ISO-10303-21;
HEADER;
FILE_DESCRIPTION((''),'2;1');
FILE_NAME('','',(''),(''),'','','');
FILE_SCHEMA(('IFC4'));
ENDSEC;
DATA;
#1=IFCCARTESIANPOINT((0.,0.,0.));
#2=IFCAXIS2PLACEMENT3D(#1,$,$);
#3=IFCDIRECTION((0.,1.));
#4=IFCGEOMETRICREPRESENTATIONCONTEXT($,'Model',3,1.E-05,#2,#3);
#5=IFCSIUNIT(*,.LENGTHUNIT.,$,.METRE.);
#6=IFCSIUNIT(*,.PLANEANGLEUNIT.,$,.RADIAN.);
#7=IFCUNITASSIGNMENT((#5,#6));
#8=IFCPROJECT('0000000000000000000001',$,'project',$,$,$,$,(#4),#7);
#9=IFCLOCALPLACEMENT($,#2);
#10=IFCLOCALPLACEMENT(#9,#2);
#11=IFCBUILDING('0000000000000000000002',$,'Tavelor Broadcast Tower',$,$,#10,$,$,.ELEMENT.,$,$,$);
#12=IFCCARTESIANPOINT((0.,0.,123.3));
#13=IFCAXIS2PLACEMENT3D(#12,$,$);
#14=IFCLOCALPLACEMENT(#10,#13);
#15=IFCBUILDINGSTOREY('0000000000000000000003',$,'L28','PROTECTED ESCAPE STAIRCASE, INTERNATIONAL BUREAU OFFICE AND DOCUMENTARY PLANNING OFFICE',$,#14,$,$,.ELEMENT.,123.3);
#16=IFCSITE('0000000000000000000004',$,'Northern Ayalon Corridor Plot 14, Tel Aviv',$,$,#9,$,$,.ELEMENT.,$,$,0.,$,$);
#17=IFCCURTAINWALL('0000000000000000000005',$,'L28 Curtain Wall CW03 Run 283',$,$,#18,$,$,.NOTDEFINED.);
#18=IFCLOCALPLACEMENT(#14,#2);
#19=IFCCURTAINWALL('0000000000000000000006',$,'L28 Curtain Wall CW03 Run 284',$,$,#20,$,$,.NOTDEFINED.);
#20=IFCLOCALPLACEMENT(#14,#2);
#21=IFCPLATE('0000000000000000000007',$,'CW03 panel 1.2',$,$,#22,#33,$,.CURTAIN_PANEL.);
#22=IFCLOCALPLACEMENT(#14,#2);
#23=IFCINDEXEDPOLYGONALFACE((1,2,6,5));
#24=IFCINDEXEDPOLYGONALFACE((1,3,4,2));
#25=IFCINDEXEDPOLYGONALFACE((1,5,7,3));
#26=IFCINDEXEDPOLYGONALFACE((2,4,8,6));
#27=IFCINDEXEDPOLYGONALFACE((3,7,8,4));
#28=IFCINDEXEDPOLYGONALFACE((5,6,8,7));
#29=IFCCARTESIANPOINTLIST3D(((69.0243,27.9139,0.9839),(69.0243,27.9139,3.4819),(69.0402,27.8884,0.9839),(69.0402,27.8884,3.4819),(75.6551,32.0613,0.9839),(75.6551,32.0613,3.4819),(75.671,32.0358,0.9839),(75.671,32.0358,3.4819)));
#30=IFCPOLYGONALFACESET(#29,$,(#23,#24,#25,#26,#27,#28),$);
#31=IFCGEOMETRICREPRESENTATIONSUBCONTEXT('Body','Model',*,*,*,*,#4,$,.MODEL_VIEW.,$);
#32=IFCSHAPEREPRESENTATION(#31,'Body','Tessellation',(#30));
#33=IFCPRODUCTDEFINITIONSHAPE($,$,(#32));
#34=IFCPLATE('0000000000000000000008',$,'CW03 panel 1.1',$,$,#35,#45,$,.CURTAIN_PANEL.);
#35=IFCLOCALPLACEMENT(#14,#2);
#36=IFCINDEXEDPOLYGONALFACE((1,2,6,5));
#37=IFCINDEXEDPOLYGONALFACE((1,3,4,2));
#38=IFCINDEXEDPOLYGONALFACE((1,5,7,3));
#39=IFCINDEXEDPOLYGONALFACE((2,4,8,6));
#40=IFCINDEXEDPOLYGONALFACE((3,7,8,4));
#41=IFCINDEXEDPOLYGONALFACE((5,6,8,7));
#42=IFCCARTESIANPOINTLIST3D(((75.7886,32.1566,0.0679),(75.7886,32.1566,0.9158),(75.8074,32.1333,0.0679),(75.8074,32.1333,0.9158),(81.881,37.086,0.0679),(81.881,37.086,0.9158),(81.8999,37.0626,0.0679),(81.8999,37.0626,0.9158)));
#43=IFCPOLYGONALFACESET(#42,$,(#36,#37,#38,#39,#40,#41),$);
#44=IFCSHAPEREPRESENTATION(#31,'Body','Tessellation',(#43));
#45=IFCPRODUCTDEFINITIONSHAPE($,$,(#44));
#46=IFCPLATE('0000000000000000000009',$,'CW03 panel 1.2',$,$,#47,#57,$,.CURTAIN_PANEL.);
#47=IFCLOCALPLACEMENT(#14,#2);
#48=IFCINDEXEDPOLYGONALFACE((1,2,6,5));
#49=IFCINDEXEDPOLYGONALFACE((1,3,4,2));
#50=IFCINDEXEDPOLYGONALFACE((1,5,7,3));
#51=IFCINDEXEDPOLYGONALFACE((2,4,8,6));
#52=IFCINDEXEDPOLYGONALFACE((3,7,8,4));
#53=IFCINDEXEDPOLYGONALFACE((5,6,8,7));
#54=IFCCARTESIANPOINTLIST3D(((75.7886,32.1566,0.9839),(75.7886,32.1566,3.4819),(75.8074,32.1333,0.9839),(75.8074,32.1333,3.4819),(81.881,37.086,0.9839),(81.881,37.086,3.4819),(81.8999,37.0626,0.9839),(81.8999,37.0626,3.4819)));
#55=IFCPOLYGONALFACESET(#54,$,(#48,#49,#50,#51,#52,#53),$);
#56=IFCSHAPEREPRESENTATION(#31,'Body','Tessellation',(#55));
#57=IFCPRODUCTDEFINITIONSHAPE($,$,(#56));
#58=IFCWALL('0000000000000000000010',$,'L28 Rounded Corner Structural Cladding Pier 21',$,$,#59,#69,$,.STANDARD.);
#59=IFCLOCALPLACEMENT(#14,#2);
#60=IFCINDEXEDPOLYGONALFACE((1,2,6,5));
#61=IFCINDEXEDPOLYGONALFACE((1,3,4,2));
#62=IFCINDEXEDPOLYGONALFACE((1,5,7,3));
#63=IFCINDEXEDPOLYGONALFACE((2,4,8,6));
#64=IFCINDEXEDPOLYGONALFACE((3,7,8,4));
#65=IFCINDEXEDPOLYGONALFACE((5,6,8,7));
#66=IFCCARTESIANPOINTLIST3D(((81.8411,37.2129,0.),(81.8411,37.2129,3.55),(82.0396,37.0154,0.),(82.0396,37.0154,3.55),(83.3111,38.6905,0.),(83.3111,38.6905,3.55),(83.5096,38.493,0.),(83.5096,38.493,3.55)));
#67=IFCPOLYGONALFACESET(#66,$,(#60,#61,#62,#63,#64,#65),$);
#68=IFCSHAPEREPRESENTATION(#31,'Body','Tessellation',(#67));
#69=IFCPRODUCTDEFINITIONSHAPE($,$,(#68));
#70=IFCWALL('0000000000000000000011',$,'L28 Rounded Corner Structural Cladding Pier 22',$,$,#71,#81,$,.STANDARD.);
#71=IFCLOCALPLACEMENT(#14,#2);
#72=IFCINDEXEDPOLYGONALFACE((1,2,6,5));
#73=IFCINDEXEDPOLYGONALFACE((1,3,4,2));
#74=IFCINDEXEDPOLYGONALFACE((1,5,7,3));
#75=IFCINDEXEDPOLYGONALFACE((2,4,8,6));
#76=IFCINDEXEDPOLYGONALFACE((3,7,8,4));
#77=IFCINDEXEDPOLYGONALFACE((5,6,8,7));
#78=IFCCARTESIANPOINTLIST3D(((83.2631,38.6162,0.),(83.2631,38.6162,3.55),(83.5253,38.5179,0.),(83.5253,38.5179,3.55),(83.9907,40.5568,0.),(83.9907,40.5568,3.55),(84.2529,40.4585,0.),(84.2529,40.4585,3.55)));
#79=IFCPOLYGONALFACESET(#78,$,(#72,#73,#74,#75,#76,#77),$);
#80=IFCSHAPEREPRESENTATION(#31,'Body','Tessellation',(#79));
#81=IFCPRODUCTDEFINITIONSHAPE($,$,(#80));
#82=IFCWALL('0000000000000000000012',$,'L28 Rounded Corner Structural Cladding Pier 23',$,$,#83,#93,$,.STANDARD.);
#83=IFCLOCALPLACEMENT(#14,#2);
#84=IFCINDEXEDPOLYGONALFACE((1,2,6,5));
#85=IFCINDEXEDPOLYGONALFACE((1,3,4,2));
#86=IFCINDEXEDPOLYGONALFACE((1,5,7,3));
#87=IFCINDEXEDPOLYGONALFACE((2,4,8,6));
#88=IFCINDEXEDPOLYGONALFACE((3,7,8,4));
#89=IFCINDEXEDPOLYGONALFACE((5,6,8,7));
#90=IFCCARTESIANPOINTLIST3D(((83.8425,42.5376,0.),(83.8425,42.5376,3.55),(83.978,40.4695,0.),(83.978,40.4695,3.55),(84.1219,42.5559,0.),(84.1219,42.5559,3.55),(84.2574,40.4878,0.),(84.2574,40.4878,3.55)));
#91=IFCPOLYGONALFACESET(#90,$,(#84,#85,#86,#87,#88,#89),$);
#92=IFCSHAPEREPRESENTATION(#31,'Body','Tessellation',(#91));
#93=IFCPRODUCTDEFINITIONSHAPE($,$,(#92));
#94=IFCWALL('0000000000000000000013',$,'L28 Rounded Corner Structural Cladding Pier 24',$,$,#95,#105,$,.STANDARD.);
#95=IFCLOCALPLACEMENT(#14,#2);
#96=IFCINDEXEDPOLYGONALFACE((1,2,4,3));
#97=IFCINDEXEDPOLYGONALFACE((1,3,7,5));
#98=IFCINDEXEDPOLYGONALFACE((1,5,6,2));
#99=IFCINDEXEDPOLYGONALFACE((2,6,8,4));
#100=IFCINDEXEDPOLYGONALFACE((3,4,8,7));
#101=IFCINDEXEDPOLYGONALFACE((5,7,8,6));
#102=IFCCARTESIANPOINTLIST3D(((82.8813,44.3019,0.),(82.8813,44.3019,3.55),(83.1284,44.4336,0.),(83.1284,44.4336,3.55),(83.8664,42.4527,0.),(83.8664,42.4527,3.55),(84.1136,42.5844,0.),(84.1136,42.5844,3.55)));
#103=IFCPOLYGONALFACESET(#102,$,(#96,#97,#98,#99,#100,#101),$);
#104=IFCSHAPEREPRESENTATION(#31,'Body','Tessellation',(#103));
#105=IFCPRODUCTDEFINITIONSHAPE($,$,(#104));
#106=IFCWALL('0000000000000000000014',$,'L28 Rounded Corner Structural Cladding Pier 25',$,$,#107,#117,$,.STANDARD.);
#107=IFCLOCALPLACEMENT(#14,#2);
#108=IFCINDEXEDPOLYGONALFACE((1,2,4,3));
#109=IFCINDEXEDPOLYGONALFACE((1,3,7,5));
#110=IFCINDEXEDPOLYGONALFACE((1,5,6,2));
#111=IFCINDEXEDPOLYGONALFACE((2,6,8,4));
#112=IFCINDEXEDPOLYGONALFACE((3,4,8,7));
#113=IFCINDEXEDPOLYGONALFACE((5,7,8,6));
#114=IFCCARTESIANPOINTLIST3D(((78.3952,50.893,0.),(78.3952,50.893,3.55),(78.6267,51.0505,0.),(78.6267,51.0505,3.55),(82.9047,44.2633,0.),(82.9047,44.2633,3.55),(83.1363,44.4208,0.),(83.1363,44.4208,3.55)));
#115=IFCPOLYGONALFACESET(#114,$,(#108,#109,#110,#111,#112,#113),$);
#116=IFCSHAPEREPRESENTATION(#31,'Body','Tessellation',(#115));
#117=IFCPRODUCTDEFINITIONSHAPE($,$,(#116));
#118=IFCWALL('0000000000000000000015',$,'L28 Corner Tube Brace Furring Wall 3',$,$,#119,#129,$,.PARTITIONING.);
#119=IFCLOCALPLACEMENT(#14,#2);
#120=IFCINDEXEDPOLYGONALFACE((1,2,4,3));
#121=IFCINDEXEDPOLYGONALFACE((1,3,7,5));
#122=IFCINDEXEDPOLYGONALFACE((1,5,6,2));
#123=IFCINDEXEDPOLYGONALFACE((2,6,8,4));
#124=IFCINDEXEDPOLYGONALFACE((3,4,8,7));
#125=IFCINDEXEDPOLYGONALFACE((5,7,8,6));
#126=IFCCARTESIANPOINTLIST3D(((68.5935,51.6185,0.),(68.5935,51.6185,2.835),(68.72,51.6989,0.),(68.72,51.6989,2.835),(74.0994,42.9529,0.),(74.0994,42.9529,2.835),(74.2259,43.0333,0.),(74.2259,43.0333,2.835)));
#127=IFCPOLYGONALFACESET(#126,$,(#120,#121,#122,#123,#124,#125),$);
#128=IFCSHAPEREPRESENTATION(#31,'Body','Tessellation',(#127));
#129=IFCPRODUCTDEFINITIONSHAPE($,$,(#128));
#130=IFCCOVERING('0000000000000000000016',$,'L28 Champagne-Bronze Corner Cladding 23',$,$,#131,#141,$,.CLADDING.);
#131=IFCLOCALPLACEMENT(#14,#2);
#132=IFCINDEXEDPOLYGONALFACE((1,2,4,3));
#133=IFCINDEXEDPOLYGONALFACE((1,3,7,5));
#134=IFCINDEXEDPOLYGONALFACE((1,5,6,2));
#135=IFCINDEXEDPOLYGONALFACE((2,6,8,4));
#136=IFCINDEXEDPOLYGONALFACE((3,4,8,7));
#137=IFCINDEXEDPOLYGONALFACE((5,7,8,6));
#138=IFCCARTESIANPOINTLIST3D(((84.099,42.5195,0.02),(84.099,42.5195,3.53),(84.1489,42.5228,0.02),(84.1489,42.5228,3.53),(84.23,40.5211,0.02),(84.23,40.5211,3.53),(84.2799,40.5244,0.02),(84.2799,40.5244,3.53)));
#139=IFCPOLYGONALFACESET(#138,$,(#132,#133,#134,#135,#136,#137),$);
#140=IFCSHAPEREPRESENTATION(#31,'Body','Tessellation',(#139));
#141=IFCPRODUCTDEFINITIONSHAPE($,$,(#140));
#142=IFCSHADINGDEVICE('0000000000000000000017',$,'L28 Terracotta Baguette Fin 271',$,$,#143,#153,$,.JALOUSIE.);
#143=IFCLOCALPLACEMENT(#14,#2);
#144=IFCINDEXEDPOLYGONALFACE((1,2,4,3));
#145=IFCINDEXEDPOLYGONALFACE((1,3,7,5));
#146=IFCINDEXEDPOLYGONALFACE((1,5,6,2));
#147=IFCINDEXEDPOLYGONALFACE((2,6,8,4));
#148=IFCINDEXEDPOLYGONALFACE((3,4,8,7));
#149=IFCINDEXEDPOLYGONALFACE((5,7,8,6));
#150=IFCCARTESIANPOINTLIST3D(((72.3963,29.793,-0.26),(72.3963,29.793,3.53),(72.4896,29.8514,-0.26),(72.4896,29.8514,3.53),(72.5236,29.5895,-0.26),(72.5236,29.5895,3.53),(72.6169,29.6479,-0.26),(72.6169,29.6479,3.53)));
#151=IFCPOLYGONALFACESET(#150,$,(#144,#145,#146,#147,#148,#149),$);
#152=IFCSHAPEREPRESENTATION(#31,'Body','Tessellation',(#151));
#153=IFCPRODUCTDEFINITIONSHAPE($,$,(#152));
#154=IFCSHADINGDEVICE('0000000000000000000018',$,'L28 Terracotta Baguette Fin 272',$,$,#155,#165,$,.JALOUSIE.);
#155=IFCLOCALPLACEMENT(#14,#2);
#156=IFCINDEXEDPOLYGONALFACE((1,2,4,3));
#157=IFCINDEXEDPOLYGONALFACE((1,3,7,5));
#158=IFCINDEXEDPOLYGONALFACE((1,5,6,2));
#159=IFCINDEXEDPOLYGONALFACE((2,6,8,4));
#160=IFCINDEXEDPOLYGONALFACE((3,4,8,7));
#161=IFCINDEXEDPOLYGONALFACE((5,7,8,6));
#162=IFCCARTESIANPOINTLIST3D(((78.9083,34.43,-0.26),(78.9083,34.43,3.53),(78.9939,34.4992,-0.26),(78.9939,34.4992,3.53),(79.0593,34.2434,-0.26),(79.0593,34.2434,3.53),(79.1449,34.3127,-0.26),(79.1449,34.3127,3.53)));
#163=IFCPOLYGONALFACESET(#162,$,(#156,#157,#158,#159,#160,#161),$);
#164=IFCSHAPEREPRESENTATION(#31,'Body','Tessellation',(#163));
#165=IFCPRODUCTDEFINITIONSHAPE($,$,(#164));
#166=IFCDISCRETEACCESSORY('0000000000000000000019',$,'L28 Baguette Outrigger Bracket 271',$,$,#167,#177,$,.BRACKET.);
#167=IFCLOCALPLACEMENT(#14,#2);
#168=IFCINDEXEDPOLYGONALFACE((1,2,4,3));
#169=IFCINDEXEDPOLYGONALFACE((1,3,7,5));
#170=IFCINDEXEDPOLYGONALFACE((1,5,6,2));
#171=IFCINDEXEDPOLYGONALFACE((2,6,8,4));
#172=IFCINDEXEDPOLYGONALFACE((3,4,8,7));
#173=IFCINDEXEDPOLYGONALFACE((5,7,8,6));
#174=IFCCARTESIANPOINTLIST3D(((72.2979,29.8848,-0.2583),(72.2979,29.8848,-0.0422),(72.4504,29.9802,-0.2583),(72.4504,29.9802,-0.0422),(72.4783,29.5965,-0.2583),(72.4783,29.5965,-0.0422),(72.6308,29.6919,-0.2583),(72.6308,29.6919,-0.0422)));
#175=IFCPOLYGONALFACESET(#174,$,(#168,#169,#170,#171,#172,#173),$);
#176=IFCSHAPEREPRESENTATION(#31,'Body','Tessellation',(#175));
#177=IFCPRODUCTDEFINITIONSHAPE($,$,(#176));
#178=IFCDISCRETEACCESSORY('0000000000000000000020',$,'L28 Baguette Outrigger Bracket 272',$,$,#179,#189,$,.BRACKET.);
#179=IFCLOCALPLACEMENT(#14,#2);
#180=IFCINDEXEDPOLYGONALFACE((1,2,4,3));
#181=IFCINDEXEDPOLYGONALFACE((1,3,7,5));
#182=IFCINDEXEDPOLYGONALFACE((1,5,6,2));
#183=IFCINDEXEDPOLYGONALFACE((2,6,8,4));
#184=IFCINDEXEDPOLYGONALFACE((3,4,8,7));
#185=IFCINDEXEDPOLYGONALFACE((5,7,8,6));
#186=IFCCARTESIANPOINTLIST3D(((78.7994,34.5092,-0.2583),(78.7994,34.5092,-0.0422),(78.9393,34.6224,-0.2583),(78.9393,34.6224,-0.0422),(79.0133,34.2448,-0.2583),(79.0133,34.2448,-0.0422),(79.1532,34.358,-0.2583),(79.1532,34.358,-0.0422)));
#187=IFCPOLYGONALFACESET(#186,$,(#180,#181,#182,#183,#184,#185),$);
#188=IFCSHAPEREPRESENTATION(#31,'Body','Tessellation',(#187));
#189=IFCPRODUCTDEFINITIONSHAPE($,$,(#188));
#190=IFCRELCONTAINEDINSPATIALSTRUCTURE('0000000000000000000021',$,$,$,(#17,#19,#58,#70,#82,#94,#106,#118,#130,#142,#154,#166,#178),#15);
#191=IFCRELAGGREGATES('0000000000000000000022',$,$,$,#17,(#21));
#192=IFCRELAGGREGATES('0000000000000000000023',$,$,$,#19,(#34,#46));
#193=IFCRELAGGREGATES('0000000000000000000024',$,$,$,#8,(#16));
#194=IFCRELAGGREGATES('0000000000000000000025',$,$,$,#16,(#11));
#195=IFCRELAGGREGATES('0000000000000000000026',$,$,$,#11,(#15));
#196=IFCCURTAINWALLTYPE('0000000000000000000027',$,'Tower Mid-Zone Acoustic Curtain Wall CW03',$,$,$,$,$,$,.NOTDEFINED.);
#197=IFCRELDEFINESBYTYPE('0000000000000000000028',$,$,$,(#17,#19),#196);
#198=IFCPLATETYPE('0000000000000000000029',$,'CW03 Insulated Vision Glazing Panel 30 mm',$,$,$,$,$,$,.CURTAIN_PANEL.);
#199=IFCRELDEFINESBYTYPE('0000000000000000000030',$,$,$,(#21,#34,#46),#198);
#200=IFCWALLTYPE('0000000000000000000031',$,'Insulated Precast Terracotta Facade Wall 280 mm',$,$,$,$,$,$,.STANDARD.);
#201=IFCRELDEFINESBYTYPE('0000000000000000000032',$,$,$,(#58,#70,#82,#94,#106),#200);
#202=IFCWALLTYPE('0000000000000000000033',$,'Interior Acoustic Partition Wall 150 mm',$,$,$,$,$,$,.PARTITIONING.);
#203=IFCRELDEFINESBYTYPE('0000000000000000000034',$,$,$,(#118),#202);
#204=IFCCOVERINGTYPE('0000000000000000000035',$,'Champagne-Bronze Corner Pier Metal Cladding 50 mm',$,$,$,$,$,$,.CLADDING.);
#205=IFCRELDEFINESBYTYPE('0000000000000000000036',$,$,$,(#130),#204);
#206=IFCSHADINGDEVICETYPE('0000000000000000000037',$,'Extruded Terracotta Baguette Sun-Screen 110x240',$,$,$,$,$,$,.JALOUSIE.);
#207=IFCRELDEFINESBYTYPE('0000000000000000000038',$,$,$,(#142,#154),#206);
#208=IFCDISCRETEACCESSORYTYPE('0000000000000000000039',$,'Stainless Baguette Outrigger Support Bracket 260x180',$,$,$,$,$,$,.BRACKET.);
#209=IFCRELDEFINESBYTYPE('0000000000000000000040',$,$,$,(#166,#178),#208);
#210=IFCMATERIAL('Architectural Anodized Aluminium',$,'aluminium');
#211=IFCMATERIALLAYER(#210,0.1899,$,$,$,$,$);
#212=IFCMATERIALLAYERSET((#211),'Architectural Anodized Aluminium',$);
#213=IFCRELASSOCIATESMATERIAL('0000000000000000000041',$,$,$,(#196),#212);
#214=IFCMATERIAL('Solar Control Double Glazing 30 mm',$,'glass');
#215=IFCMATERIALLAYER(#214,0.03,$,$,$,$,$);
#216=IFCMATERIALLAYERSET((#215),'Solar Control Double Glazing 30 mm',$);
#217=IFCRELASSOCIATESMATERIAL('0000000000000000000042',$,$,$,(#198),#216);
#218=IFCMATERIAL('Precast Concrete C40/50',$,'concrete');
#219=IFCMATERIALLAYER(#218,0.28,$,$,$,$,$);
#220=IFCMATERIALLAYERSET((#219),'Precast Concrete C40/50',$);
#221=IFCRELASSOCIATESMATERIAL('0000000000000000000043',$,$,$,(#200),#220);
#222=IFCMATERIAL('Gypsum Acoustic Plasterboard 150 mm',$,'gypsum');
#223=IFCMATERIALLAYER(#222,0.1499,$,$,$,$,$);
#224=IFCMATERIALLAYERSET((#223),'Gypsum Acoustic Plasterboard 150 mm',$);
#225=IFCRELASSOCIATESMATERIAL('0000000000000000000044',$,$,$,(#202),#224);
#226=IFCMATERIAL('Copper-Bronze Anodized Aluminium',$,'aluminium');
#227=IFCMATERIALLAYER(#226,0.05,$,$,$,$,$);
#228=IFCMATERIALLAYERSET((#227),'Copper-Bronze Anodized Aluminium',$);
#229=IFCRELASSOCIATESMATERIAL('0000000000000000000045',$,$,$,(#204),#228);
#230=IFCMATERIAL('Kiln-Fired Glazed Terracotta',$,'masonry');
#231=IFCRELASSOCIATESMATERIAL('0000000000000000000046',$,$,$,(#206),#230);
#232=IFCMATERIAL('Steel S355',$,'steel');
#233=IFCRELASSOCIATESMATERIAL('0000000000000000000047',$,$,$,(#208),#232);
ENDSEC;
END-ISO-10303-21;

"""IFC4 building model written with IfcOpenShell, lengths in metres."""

from ifc_helpers import new_model, si_unit, direction, frame, frame_2d, origin, origin_2d, place, context, subcontext, project, spatial, rectangle, extrude, source, transform, mapped, material, layer, layer_set, type_object, type_shapes, element, aggregate, save


model = new_model("IFC4")

# Units and contexts
model_context = context("Model", 3, precision=1e-05, world=origin(), true_north=direction((0.0, 1.0)))
body_context = subcontext(model_context, "Body", "Model", "MODEL_VIEW")
ifc_project = project(units=[si_unit("LENGTHUNIT", "METRE"), si_unit("PLANEANGLEUNIT", "RADIAN")], contexts=[model_context])

# Site, building, storey
site_placement = place(None, origin())
site = spatial("IfcSite", under=ifc_project, at=site_placement, Name="Northern Ayalon Corridor Plot 14, Tel Aviv", CompositionType="ELEMENT", RefElevation=0.0)
building_placement = place(site_placement, origin())
building = spatial("IfcBuilding", under=site, at=building_placement, Name="Tavelor Broadcast Tower", CompositionType="ELEMENT")
storey_placement = place(building_placement, frame((0.0, 0.0, 123.3)))
storey = spatial("IfcBuildingStorey", under=building, at=storey_placement, Name="L28", Description="PROTECTED ESCAPE STAIRCASE, INTERNATIONAL BUREAU OFFICE AND DOCUMENTARY PLANNING OFFICE", CompositionType="ELEMENT", Elevation=123.3)

# Shared definitions
ifc_material_1 = material(Name="Steel S355", Category="steel")

# Curtain wall
ifc_material_2 = material(Name="Architectural Anodized Aluminium", Category="aluminium")
ifc_layer_1 = layer(ifc_material_2, 0.1899)
ifc_layer_set_1 = layer_set([ifc_layer_1], Name="Architectural Anodized Aluminium")
curtain_wall_type = type_object("IfcCurtainWallType", Name="Tower Mid-Zone Acoustic Curtain Wall CW03", PredefinedType="NOTDEFINED", material=ifc_layer_set_1)
curtain_wall_1_placement = place(storey_placement, origin())
curtain_wall_1 = element("IfcCurtainWall", 1, at=curtain_wall_1_placement, inside=storey, type_object=curtain_wall_type, Name="L28 Curtain Wall CW03 Run 283", PredefinedType="NOTDEFINED")

# Curtain wall
curtain_wall_2_placement = place(storey_placement, origin())
curtain_wall_2 = element("IfcCurtainWall", 2, at=curtain_wall_2_placement, inside=storey, type_object=curtain_wall_type, Name="L28 Curtain Wall CW03 Run 284", PredefinedType="NOTDEFINED")

# Plates
ifc_material_3 = material(Name="Solar Control Double Glazing 30 mm", Category="glass")
ifc_layer_2 = layer(ifc_material_3, 0.03)
ifc_layer_set_2 = layer_set([ifc_layer_2], Name="Solar Control Double Glazing 30 mm")
plate_type_1 = type_object("IfcPlateType", Name="CW03 Insulated Vision Glazing Panel 30 mm", PredefinedType="CURTAIN_PANEL", material=ifc_layer_set_2)
shared_shape_1 = source(origin(), body_context, "Body", "SweptSolid", [
    extrude(rectangle(XDim=7.821, YDim=0.03, at=origin_2d()), origin(), (0.0, 0.0, 1.0), 2.498),
])
plate_1_placement = place(storey_placement, frame((72.3477, 29.9749, 0.9839), z_axis=(0.0, 0.0, 1.0), x_axis=(0.847815, 0.530293, 0.0)))
plate_1 = element("IfcPlate", 3, at=plate_1_placement, type_object=plate_type_1, Name="CW03 panel 1.2", PredefinedType="CURTAIN_PANEL", context=body_context, shape_type="MappedRepresentation", body=[
    mapped(shared_shape_1, transform((0.0, 0.0, 0.0), scale=1.0)),
])
aggregate(curtain_wall_1, [plate_1])
shared_shape_2 = source(origin(), body_context, "Body", "SweptSolid", [
    extrude(rectangle(XDim=7.8369, YDim=0.03, at=origin_2d()), origin(), (0.0, 0.0, 1.0), 0.8479),
])
plate_2_placement = place(storey_placement, frame((78.8442, 34.6096, 0.0679), z_axis=(0.0, 0.0, 1.0), x_axis=(0.777409, 0.628996, 0.0)))
plate_2 = element("IfcPlate", 4, at=plate_2_placement, type_object=plate_type_1, Name="CW03 panel 1.1", PredefinedType="CURTAIN_PANEL", context=body_context, shape_type="MappedRepresentation", body=[
    mapped(shared_shape_2, transform((0.0, 0.0, 0.0), scale=1.0)),
])
shared_shape_3 = source(origin(), body_context, "Body", "SweptSolid", [
    extrude(rectangle(XDim=7.8369, YDim=0.03, at=origin_2d()), origin(), (0.0, 0.0, 1.0), 2.498),
])
plate_3_placement = place(storey_placement, frame((78.8442, 34.6096, 0.9839), z_axis=(0.0, 0.0, 1.0), x_axis=(0.777409, 0.628996, 0.0)))
plate_3 = element("IfcPlate", 5, at=plate_3_placement, type_object=plate_type_1, Name="CW03 panel 1.2", PredefinedType="CURTAIN_PANEL", context=body_context, shape_type="MappedRepresentation", body=[
    mapped(shared_shape_3, transform((0.0, 0.0, 0.0), scale=1.0)),
])
aggregate(curtain_wall_2, [plate_2, plate_3])

# Walls
ifc_material_4 = material(Name="Precast Concrete C40/50", Category="concrete")
ifc_layer_3 = layer(ifc_material_4, 0.28)
ifc_layer_set_3 = layer_set([ifc_layer_3], Name="Precast Concrete C40/50")
wall_type_1 = type_object("IfcWallType", Name="Insulated Precast Terracotta Facade Wall 280 mm", PredefinedType="STANDARD", material=ifc_layer_set_3)
wall_1_placement = place(storey_placement, frame((81.9404, 37.1143, 0.0), z_axis=(0.0, 0.0, 1.0), x_axis=(0.705289, 0.70892, 0.0)))
element("IfcWall", 6, at=wall_1_placement, inside=storey, type_object=wall_type_1, Name="L28 Rounded Corner Structural Cladding Pier 21", PredefinedType="STANDARD", context=body_context, shape_type="SweptSolid", body=[
    extrude(rectangle(XDim=2.0842, YDim=0.28, at=frame_2d((1.042, 0.0))), origin(), (0.0, 0.0, 1.0), 3.55),
])
for number, where, z_axis, x_axis, name in (
    (7, (83.3943, 38.5671, 0.0), (0.0, 0.0, 1.0), (0.351033, 0.936363, 0.0), "L28 Rounded Corner Structural Cladding Pier 22"),
    (8, (84.1177, 40.4788, 0.0), (0.0, 0.0, 1.0), (-0.065377, 0.997861, 0.0), "L28 Rounded Corner Structural Cladding Pier 23"),
):
    element("IfcWall", number, at=place(storey_placement, frame(where, z_axis=z_axis, x_axis=x_axis)), inside=storey, type_object=wall_type_1, Name=name, PredefinedType="STANDARD", context=body_context, shape_type="SweptSolid", body=[
        extrude(rectangle(XDim=2.0725, YDim=0.28, at=frame_2d((1.0361, 0.0))), origin(), (0.0, 0.0, 1.0), 3.55),
    ])
wall_2_placement = place(storey_placement, frame((83.99, 42.5186, 0.0), z_axis=(0.0, 0.0, 1.0), x_axis=(-0.470183, 0.882569, 0.0)))
element("IfcWall", 9, at=wall_2_placement, inside=storey, type_object=wall_type_1, Name="L28 Rounded Corner Structural Cladding Pier 24", PredefinedType="STANDARD", context=body_context, shape_type="SweptSolid", body=[
    extrude(rectangle(XDim=2.0952, YDim=0.28, at=frame_2d((1.0476, 0.0))), origin(), (0.0, 0.0, 1.0), 3.55),
])
wall_3_placement = place(storey_placement, frame((83.0205, 44.342, 0.0), z_axis=(0.0, 0.0, 1.0), x_axis=(-0.562427, 0.826847, 0.0)))
element("IfcWall", 10, at=wall_3_placement, inside=storey, type_object=wall_type_1, Name="L28 Rounded Corner Structural Cladding Pier 25", PredefinedType="STANDARD", context=body_context, shape_type="SweptSolid", body=[
    extrude(rectangle(XDim=8.0181, YDim=0.28, at=frame_2d((4.009, 0.0))), origin(), (0.0, 0.0, 1.0), 3.55),
])
ifc_material_5 = material(Name="Gypsum Acoustic Plasterboard 150 mm", Category="gypsum")
ifc_layer_4 = layer(ifc_material_5, 0.1499)
ifc_layer_set_4 = layer_set([ifc_layer_4], Name="Gypsum Acoustic Plasterboard 150 mm")
wall_type_2 = type_object("IfcWallType", Name="Interior Acoustic Partition Wall 150 mm", PredefinedType="PARTITIONING", material=ifc_layer_set_4)
wall_4_placement = place(storey_placement, frame((74.1626, 42.9932, 0.0), z_axis=(0.0, 0.0, 1.0), x_axis=(-0.536281, 0.844039, 0.0)))
element("IfcWall", 11, at=wall_4_placement, inside=storey, type_object=wall_type_2, Name="L28 Corner Tube Brace Furring Wall 3", PredefinedType="PARTITIONING", context=body_context, shape_type="SweptSolid", body=[
    extrude(rectangle(XDim=10.2668, YDim=0.1499, at=frame_2d((5.1333, 0.0))), origin(), (0.0, 0.0, 1.0), 2.835),
])

# Covering
ifc_material_6 = material(Name="Copper-Bronze Anodized Aluminium", Category="aluminium")
ifc_layer_5 = layer(ifc_material_6, 0.05)
ifc_layer_set_5 = layer_set([ifc_layer_5], Name="Copper-Bronze Anodized Aluminium")
covering_type = type_object("IfcCoveringType", Name="Champagne-Bronze Corner Pier Metal Cladding 50 mm", PredefinedType="CLADDING", material=ifc_layer_set_5)
covering_placement = place(storey_placement, frame((84.1895, 41.522, 0.02), z_axis=(0.0, 0.0, 1.0), x_axis=(-0.065403, 0.997859, 0.0)))
element("IfcCovering", 12, at=covering_placement, inside=storey, type_object=covering_type, Name="L28 Champagne-Bronze Corner Cladding 23", PredefinedType="CLADDING", context=body_context, shape_type="SweptSolid", body=[
    extrude(rectangle(XDim=2.0027, YDim=0.05, at=origin_2d()), origin(), (0.0, 0.0, 1.0), 3.51),
])

# Shading devices
ifc_material_7 = material(Name="Kiln-Fired Glazed Terracotta", Category="masonry")
shading_device_type = type_object("IfcShadingDeviceType", Name="Extruded Terracotta Baguette Sun-Screen 110x240", PredefinedType="JALOUSIE", material=ifc_material_7)
shared_shape_4 = source(origin(), body_context, "Body", "SweptSolid", [
    extrude(rectangle(XDim=0.1101, YDim=0.24, at=origin_2d()), origin(), (0.0, 0.0, 1.0), 3.79),
])
type_shapes(shading_device_type, [shared_shape_4])
for number, where, z_axis, x_axis, name in (
    (13, (72.5066, 29.7205, -0.26), (0.0, 0.0, 1.0), (0.847771, 0.530363, 0.0), "L28 Terracotta Baguette Fin 271"),
    (14, (79.0266, 34.3713, -0.26), (0.0, 0.0, 1.0), (0.777366, 0.629049, 0.0), "L28 Terracotta Baguette Fin 272"),
):
    element("IfcShadingDevice", number, at=place(storey_placement, frame(where, z_axis=z_axis, x_axis=x_axis)), inside=storey, type_object=shading_device_type, Name=name, PredefinedType="JALOUSIE", context=body_context, shape_type="MappedRepresentation", body=[
        mapped(shared_shape_4, transform((0.0, 0.0, 0.0), scale=1.0)),
    ])

# Discrete accessories
discrete_accessory_type = type_object("IfcDiscreteAccessoryType", Name="Stainless Baguette Outrigger Support Bracket 260x180", PredefinedType="BRACKET", material=ifc_material_1)
shared_shape_5 = source(origin(), body_context, "Body", "SweptSolid", [
    extrude(rectangle(XDim=0.1799, YDim=0.3401, at=origin_2d()), origin(), (0.0, 0.0, 1.0), 0.2161),
])
type_shapes(discrete_accessory_type, [shared_shape_5])
for number, where, z_axis, x_axis, name in (
    (15, (72.4644, 29.7883, -0.2583), (0.0, 0.0, 1.0), (0.847771, 0.530363, 0.0), "L28 Baguette Outrigger Bracket 271"),
    (16, (78.9763, 34.4336, -0.2583), (0.0, 0.0, 1.0), (0.777366, 0.629049, 0.0), "L28 Baguette Outrigger Bracket 272"),
):
    element("IfcDiscreteAccessory", number, at=place(storey_placement, frame(where, z_axis=z_axis, x_axis=x_axis)), inside=storey, type_object=discrete_accessory_type, Name=name, PredefinedType="BRACKET", context=body_context, shape_type="MappedRepresentation", body=[
        mapped(shared_shape_5, transform((0.0, 0.0, 0.0), scale=1.0)),
    ])

save(model, "model.ifc")
